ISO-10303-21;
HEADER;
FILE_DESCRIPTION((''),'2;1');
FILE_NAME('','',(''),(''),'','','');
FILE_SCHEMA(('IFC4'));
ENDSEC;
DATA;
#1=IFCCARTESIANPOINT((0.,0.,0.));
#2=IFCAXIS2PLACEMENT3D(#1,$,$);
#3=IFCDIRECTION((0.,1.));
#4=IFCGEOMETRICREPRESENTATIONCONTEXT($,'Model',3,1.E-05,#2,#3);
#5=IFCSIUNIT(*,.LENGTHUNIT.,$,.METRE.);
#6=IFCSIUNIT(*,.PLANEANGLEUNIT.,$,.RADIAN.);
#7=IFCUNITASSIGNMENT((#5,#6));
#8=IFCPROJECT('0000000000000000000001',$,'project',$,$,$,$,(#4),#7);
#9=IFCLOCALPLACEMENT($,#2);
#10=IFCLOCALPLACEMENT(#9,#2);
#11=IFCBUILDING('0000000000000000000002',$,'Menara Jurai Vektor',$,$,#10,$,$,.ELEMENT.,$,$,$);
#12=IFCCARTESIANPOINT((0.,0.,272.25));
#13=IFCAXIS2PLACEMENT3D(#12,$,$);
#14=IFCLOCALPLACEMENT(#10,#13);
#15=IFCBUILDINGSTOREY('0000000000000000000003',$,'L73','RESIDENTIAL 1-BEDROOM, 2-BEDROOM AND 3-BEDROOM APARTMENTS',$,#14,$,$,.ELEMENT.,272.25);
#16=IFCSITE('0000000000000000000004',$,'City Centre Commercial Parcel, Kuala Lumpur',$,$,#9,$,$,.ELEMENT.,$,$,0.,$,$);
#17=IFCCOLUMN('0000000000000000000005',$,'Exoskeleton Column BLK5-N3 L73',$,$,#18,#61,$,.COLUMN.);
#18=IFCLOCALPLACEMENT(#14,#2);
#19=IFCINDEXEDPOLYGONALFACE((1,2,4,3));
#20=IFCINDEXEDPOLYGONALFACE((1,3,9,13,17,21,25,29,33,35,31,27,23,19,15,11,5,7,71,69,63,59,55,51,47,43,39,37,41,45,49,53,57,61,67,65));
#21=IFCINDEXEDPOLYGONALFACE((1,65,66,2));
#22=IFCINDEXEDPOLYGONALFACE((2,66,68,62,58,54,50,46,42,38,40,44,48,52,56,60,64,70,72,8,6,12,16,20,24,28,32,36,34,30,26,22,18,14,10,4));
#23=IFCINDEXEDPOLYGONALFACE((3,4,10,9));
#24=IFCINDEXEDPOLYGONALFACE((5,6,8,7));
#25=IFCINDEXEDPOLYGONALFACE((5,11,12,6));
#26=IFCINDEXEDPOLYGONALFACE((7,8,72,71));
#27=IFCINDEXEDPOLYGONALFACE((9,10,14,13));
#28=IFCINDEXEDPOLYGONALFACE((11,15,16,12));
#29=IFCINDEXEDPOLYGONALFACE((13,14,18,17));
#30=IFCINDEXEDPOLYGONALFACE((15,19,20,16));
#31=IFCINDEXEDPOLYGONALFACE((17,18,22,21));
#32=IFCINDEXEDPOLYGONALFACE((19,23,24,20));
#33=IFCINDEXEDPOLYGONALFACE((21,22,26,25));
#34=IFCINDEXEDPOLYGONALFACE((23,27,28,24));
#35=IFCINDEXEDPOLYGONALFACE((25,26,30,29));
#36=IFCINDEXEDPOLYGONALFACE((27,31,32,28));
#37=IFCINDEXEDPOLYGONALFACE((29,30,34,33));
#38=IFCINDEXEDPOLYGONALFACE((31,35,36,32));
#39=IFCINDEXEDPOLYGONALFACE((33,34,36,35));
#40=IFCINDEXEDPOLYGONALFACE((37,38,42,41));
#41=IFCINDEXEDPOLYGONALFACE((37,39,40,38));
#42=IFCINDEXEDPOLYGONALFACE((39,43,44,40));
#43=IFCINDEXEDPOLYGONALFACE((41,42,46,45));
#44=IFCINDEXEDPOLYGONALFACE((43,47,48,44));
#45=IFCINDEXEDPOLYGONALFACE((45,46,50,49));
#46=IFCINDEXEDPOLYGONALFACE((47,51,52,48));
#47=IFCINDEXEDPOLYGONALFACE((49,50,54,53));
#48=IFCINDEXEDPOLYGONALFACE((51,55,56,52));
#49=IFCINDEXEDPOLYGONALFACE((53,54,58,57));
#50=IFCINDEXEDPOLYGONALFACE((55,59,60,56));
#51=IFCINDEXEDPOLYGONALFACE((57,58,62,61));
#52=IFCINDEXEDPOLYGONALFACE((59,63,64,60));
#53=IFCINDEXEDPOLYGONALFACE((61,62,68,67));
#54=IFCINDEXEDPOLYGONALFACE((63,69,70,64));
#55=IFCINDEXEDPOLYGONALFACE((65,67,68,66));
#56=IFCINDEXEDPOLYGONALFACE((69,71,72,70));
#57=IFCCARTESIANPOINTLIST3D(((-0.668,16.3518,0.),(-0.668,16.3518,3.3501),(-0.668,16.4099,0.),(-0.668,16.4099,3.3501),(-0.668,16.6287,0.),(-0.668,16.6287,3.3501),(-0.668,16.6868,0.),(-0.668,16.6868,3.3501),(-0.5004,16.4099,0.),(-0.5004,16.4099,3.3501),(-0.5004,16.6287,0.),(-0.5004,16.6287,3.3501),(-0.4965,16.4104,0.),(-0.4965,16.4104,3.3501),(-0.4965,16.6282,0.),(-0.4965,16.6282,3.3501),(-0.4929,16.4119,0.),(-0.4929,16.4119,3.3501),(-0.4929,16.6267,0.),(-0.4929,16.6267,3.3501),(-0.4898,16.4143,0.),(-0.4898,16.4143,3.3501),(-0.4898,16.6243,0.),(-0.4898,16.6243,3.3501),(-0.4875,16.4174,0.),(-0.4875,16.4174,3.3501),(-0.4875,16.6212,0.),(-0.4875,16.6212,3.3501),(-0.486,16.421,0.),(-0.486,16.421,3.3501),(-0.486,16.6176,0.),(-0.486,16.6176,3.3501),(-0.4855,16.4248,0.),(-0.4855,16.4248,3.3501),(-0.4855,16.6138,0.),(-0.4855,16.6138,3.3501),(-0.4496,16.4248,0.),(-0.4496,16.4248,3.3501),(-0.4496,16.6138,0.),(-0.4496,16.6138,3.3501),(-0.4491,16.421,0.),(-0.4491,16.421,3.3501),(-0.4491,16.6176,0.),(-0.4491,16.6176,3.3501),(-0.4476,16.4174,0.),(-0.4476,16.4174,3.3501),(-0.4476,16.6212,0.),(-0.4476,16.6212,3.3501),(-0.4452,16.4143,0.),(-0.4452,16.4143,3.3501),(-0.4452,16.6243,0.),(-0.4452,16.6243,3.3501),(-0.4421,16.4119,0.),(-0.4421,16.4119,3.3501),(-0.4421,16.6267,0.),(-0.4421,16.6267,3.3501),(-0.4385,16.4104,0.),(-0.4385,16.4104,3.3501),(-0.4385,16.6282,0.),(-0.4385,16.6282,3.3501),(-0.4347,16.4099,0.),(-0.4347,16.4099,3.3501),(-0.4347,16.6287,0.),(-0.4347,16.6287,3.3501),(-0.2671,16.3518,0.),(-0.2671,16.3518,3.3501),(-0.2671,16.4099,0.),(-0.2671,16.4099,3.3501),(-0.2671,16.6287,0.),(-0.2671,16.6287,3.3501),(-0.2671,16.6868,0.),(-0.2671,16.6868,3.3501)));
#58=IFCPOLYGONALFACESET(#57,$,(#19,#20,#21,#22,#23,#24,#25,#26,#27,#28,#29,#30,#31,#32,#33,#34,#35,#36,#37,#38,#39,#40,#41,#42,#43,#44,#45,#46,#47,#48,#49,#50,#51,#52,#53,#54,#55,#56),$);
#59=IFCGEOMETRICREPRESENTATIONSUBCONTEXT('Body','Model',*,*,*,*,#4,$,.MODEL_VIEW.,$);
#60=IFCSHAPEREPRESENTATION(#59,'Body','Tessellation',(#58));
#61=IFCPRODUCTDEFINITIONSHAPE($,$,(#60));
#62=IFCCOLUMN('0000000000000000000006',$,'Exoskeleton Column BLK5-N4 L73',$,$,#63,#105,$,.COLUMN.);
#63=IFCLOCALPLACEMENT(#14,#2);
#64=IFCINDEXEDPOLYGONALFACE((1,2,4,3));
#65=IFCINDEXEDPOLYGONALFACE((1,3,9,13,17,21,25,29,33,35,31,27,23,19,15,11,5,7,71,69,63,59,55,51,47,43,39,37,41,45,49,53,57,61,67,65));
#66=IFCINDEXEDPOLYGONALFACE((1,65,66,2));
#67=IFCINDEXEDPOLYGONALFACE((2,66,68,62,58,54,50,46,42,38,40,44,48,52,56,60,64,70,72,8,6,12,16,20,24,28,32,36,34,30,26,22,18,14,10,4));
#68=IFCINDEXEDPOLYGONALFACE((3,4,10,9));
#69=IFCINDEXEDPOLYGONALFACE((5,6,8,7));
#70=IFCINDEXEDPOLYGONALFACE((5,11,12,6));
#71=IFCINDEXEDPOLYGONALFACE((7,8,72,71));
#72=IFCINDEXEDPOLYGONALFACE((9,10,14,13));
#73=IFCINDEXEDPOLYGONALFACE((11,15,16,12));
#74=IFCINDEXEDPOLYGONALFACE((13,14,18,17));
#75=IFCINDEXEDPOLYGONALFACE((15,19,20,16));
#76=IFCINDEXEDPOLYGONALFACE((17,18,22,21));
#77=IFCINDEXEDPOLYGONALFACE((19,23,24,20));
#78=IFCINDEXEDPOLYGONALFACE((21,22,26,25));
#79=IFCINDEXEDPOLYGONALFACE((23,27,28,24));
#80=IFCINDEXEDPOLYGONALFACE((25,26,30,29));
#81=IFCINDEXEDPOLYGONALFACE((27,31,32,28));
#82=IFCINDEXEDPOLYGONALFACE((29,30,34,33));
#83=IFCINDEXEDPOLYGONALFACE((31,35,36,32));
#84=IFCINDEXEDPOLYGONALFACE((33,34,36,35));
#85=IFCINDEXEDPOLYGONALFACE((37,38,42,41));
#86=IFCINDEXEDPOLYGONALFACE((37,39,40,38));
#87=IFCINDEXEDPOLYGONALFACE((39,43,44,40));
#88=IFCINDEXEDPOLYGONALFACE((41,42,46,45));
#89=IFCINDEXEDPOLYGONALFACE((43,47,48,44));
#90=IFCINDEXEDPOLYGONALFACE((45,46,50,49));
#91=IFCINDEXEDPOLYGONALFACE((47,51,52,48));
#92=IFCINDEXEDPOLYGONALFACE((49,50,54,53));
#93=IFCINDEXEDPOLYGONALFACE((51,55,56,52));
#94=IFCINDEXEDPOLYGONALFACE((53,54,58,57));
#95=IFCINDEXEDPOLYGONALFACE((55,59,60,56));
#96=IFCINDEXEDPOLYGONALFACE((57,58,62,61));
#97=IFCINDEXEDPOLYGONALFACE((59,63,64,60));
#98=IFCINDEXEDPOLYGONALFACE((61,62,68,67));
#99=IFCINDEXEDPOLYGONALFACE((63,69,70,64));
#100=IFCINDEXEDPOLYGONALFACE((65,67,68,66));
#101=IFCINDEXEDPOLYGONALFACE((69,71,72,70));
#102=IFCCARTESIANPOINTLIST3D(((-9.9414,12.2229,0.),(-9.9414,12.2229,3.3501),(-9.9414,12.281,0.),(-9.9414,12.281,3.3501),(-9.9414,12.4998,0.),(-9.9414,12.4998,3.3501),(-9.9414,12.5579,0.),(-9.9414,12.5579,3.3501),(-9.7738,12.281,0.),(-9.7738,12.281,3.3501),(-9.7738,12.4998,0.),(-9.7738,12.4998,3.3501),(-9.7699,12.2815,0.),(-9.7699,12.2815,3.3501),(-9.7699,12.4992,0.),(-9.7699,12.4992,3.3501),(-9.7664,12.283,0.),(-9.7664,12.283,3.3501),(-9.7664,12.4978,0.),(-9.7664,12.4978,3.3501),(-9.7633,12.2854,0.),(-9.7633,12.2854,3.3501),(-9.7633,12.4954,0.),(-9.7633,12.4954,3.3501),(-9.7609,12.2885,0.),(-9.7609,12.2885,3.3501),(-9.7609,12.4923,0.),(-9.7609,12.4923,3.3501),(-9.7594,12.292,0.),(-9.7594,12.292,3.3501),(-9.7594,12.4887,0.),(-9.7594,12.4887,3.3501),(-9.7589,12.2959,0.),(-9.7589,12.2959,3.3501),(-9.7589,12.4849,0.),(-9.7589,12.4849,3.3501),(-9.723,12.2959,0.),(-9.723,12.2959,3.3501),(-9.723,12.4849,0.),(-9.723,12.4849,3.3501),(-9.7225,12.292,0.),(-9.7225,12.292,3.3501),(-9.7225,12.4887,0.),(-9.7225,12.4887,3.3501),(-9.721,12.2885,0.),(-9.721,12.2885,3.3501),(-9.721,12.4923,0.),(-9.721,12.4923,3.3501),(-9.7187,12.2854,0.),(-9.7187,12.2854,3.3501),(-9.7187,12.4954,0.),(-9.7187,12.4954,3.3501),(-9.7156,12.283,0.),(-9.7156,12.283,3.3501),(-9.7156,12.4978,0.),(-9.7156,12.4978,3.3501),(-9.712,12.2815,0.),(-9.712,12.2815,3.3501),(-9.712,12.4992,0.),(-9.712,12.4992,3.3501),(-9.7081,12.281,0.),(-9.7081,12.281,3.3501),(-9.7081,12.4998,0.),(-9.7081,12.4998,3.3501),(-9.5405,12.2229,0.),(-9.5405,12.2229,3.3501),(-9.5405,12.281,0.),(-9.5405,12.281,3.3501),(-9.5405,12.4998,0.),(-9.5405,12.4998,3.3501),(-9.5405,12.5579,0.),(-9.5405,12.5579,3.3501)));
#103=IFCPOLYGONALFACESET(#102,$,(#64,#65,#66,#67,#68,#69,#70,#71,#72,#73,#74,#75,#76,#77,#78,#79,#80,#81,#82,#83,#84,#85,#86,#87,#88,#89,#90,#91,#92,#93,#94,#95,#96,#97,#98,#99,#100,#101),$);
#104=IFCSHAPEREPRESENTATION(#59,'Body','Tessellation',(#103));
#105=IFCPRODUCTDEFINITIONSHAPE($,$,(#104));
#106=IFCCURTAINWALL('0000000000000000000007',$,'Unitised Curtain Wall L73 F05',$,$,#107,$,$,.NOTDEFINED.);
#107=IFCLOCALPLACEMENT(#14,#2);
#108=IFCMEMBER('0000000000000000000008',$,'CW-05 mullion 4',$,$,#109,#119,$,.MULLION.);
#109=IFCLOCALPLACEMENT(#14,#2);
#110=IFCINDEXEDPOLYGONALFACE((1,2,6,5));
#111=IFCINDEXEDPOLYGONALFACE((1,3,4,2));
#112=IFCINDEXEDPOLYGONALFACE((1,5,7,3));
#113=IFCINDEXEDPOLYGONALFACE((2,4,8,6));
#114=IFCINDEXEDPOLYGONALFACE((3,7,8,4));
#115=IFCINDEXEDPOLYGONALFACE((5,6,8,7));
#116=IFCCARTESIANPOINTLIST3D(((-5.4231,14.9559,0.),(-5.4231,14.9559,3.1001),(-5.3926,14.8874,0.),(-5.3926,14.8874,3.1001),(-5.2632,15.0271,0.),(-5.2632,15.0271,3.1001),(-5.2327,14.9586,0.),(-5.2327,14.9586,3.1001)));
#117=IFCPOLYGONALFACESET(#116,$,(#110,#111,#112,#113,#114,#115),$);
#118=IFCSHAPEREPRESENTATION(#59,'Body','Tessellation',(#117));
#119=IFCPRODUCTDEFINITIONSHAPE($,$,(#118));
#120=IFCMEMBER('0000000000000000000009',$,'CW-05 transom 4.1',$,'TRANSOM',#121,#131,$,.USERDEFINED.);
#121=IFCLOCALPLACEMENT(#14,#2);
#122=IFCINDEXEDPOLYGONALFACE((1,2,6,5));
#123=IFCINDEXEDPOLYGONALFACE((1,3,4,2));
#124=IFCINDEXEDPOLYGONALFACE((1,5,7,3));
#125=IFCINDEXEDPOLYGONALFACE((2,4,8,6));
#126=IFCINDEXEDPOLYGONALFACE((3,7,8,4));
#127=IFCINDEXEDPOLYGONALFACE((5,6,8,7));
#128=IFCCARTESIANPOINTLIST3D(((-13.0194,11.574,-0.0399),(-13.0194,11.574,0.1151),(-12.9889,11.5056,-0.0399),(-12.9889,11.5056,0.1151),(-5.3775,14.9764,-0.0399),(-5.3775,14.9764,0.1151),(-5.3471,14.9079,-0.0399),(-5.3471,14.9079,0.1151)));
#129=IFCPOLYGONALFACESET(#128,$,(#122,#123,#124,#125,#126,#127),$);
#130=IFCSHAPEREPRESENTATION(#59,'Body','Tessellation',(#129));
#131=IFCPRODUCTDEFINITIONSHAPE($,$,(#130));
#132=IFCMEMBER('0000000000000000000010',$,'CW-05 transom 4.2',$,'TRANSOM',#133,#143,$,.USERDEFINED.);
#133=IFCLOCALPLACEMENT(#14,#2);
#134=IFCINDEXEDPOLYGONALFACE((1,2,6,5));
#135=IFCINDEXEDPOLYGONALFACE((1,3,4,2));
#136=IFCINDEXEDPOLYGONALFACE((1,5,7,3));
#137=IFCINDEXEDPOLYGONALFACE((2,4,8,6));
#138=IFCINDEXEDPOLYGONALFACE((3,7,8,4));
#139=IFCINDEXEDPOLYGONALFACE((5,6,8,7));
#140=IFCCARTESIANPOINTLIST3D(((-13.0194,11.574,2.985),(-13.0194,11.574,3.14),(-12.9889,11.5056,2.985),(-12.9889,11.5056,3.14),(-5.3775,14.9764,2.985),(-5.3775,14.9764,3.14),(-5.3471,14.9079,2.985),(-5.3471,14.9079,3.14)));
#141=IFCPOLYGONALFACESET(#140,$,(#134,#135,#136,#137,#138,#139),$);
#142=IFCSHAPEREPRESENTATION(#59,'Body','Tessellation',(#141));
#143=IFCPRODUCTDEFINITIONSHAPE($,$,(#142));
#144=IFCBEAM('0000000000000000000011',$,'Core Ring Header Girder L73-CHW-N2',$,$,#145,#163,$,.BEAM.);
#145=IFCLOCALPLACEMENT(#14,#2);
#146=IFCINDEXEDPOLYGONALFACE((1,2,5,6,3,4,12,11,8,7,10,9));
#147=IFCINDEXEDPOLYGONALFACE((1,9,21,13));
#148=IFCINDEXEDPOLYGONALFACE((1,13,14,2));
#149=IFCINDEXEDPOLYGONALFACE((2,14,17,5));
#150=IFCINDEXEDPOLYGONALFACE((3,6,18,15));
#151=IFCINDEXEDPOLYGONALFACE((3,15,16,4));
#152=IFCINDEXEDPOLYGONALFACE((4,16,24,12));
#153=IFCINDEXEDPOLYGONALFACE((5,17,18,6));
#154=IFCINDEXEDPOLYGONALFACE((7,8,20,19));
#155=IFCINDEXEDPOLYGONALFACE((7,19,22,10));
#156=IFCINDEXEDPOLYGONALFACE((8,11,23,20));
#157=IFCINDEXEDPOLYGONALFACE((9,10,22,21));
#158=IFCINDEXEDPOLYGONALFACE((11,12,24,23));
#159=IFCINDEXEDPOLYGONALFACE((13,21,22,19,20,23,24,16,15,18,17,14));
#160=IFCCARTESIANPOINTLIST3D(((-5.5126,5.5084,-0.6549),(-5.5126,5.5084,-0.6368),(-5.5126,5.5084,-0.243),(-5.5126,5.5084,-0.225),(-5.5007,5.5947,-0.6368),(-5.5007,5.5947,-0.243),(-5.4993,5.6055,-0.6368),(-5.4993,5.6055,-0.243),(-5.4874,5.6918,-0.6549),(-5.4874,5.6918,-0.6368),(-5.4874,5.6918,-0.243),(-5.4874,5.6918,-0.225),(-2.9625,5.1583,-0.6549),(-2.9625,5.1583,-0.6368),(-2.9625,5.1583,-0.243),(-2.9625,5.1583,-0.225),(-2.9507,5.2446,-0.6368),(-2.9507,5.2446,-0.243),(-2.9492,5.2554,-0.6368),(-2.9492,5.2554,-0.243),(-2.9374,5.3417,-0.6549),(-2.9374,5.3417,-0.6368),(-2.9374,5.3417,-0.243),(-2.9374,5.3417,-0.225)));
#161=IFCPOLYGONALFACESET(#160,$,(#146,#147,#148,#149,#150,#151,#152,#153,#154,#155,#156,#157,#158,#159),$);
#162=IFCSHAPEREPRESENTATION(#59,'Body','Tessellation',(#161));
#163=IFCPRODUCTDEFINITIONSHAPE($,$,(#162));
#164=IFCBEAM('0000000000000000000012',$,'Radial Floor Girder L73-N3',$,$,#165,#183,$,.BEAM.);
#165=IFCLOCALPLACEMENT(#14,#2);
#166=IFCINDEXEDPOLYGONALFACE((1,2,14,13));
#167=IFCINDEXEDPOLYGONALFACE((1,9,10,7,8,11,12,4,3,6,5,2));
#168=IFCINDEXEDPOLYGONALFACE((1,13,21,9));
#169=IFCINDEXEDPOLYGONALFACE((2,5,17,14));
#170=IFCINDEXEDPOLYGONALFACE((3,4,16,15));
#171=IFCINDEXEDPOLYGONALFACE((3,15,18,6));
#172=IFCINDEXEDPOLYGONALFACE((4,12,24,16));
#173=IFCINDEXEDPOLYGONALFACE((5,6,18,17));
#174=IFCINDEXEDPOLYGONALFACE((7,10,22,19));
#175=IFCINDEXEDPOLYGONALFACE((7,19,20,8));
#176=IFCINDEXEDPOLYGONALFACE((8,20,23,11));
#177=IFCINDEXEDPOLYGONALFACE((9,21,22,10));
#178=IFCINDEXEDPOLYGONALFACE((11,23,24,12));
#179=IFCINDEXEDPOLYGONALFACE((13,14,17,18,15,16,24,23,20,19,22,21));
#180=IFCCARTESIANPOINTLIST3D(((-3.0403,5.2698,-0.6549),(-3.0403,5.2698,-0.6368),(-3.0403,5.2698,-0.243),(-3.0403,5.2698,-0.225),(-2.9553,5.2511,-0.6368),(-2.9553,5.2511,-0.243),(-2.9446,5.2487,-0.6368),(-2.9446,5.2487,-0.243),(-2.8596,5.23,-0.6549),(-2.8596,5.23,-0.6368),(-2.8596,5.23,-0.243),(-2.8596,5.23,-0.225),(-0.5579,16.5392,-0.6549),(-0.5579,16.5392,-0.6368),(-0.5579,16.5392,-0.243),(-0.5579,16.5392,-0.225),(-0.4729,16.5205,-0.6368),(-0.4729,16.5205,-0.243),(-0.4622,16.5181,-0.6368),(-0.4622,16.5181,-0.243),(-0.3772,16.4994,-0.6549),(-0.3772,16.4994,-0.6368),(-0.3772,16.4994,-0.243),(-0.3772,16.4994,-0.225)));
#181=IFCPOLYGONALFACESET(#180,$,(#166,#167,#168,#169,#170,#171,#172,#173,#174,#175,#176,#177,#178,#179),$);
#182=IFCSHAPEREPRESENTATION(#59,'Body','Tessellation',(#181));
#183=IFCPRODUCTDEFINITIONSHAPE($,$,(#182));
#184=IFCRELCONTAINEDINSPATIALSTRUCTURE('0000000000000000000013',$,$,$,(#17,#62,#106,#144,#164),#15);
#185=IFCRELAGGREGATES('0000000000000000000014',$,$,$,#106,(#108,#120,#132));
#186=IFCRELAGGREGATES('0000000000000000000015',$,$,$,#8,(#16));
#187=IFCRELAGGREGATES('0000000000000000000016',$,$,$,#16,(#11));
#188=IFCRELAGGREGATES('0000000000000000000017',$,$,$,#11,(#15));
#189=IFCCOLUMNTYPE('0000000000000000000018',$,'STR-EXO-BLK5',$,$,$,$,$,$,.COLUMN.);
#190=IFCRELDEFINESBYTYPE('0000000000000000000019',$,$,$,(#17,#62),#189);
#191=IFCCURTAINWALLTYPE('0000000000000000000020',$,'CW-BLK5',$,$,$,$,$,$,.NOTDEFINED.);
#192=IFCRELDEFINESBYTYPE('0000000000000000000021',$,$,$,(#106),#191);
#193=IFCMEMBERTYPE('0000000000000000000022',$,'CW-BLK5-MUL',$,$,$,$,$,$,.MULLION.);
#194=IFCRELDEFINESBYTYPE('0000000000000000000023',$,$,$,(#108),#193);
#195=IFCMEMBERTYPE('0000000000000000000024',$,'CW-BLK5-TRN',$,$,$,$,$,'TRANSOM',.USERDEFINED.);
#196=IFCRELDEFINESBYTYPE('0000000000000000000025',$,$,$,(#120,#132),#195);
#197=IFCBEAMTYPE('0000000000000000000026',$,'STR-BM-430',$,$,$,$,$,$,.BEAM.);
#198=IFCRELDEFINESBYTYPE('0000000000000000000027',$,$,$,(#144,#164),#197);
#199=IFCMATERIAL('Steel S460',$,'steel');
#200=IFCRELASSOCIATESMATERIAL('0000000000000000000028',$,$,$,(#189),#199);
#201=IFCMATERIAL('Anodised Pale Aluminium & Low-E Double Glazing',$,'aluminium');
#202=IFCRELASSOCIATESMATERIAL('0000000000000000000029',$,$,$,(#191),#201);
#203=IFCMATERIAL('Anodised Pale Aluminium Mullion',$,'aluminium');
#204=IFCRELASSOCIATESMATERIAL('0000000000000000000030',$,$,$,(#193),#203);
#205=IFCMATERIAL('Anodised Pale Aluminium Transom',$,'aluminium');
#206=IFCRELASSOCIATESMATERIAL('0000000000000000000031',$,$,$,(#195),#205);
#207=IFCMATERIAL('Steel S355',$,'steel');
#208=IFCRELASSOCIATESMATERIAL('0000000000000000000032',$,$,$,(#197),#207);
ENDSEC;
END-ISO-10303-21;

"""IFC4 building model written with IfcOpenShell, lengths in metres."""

from ifc_helpers import new_model, si_unit, direction, frame, origin, origin_2d, place, context, subcontext, project, spatial, rectangle, i_section, extrude, material, material_profile, profile_set, type_object, element, aggregate, save


model = new_model("IFC4")

# Units and contexts
model_context = context("Model", 3, precision=1e-05, world=origin(), true_north=direction((0.0, 1.0)))
body_context = subcontext(model_context, "Body", "Model", "MODEL_VIEW")
ifc_project = project(units=[si_unit("LENGTHUNIT", "METRE"), si_unit("PLANEANGLEUNIT", "RADIAN")], contexts=[model_context])

# Site, building, storey
site_placement = place(None, origin())
site = spatial("IfcSite", under=ifc_project, at=site_placement, Name="City Centre Commercial Parcel, Kuala Lumpur", CompositionType="ELEMENT", RefElevation=0.0)
building_placement = place(site_placement, origin())
building = spatial("IfcBuilding", under=site, at=building_placement, Name="Menara Jurai Vektor", CompositionType="ELEMENT")
storey_placement = place(building_placement, frame((0.0, 0.0, 272.25)))
storey = spatial("IfcBuildingStorey", under=building, at=storey_placement, Name="L73", Description="RESIDENTIAL 1-BEDROOM, 2-BEDROOM AND 3-BEDROOM APARTMENTS", CompositionType="ELEMENT", Elevation=272.25)

# Columns
ifc_material_1 = material(Name="Steel S460", Category="steel")
ifc_material_profile_1 = material_profile(ifc_material_1, i_section(OverallWidth=0.4009, OverallDepth=0.335, WebThickness=0.0359, FlangeThickness=0.0581, FilletRadius=0.0149, at=origin_2d()), Name="HD 400x463")
ifc_profile_set_1 = profile_set([ifc_material_profile_1], Name="Steel S460")
column_type = type_object("IfcColumnType", Name="STR-EXO-BLK5", PredefinedType="COLUMN", material=ifc_profile_set_1)
for number, where, z_axis, x_axis, name in (
    (1, (-0.4675, 16.5193, 0.0), (0.0, 0.0, 1.0), (1.0, 0.0, 0.0), "Exoskeleton Column BLK5-N3 L73"),
    (2, (-9.741, 12.3904, 0.0), (0.0, 0.0, 1.0), (1.0, 0.0, 0.0), "Exoskeleton Column BLK5-N4 L73"),
):
    element("IfcColumn", number, at=place(storey_placement, frame(where, z_axis=z_axis, x_axis=x_axis)), inside=storey, type_object=column_type, Name=name, PredefinedType="COLUMN", context=body_context, shape_type="SweptSolid", body=[
        extrude(i_section(OverallWidth=0.4009, OverallDepth=0.335, WebThickness=0.0359, FlangeThickness=0.0581, FilletRadius=0.0149, at=origin_2d()), origin(), (0.0, 0.0, 1.0), 3.3501),
    ])

# Curtain wall, members
ifc_material_2 = material(Name="Anodised Pale Aluminium & Low-E Double Glazing", Category="aluminium")
curtain_wall_type = type_object("IfcCurtainWallType", Name="CW-BLK5", PredefinedType="NOTDEFINED", material=ifc_material_2)
curtain_wall_placement = place(storey_placement, origin())
curtain_wall = element("IfcCurtainWall", 3, at=curtain_wall_placement, inside=storey, type_object=curtain_wall_type, Name="Unitised Curtain Wall L73 F05", PredefinedType="NOTDEFINED")
ifc_material_3 = material(Name="Anodised Pale Aluminium Mullion", Category="aluminium")
ifc_material_profile_2 = material_profile(ifc_material_3, rectangle(XDim=0.075, YDim=0.175, at=origin_2d()), Name="ALU MUL 75x175")
ifc_profile_set_2 = profile_set([ifc_material_profile_2], Name="Anodised Pale Aluminium Mullion")
member_type_1 = type_object("IfcMemberType", Name="CW-BLK5-MUL", PredefinedType="MULLION", material=ifc_profile_set_2)
member_1_placement = place(storey_placement, frame((-5.3279, 14.9573, 0.0), z_axis=(0.0, 0.0, 1.0), x_axis=(0.406735, -0.913546, 0.0)))
member_1 = element("IfcMember", 4, at=member_1_placement, type_object=member_type_1, Name="CW-05 mullion 4", PredefinedType="MULLION", context=body_context, shape_type="SweptSolid", body=[
    extrude(rectangle(XDim=0.075, YDim=0.175, at=origin_2d()), origin(), (0.0, 0.0, 1.0), 3.1001),
])
ifc_material_4 = material(Name="Anodised Pale Aluminium Transom", Category="aluminium")
ifc_material_profile_3 = material_profile(ifc_material_4, rectangle(XDim=0.075, YDim=0.155, at=origin_2d()), Name="ALU TRN 75x155")
ifc_profile_set_3 = profile_set([ifc_material_profile_3], Name="Anodised Pale Aluminium Transom")
member_type_2 = type_object("IfcMemberType", Name="CW-BLK5-TRN", ElementType="TRANSOM", PredefinedType="USERDEFINED", material=ifc_profile_set_3)
member_2_placement = place(storey_placement, frame((-5.3623, 14.9421, 0.0376), z_axis=(-0.913547, -0.406734, 0.0), x_axis=(0.406734, -0.913547, 0.0)))
member_2 = element("IfcMember", 5, at=member_2_placement, type_object=member_type_2, Name="CW-05 transom 4.1", ObjectType="TRANSOM", PredefinedType="USERDEFINED", context=body_context, shape_type="SweptSolid", body=[
    extrude(rectangle(XDim=0.075, YDim=0.155, at=origin_2d()), origin(), (0.0, 0.0, 1.0), 8.365),
])
member_3_placement = place(storey_placement, frame((-5.3623, 14.9421, 3.0625), z_axis=(-0.913547, -0.406734, 0.0), x_axis=(0.406734, -0.913547, 0.0)))
member_3 = element("IfcMember", 6, at=member_3_placement, type_object=member_type_2, Name="CW-05 transom 4.2", ObjectType="TRANSOM", PredefinedType="USERDEFINED", context=body_context, shape_type="SweptSolid", body=[
    extrude(rectangle(XDim=0.075, YDim=0.155, at=origin_2d()), origin(), (0.0, 0.0, 1.0), 8.365),
])

# Beams
ifc_material_5 = material(Name="Steel S355", Category="steel")
ifc_material_profile_4 = material_profile(ifc_material_5, i_section(OverallWidth=0.1851, OverallDepth=0.4299, WebThickness=0.011, FlangeThickness=0.0181, at=origin_2d()), Name="PG 430x185x76")
ifc_profile_set_4 = profile_set([ifc_material_profile_4], Name="Steel S355")
beam_type_1 = type_object("IfcBeamType", Name="STR-BM-430", PredefinedType="BEAM", material=ifc_profile_set_4)
beam_1_placement = place(storey_placement, frame((-5.5, 5.6001, -0.4399), z_axis=(0.990707, -0.136015, 0.0), x_axis=(0.136015, 0.990707, 0.0)))
element("IfcBeam", 7, at=beam_1_placement, inside=storey, type_object=beam_type_1, Name="Core Ring Header Girder L73-CHW-N2", PredefinedType="BEAM", context=body_context, shape_type="SweptSolid", body=[
    extrude(i_section(OverallWidth=0.1851, OverallDepth=0.4299, WebThickness=0.011, FlangeThickness=0.0181, at=origin_2d()), origin(), (0.0, 0.0, 1.0), 2.574),
])
beam_2_placement = place(storey_placement, frame((-0.4675, 16.5193, -0.4399), z_axis=(-0.215125, -0.976587, 0.0), x_axis=(0.976587, -0.215125, 0.0)))
element("IfcBeam", 8, at=beam_2_placement, inside=storey, type_object=beam_type_1, Name="Radial Floor Girder L73-N3", PredefinedType="BEAM", context=body_context, shape_type="SweptSolid", body=[
    extrude(i_section(OverallWidth=0.1851, OverallDepth=0.4299, WebThickness=0.011, FlangeThickness=0.0181, at=origin_2d()), origin(), (0.0, 0.0, 1.0), 11.5396),
])

aggregate(curtain_wall, [member_1, member_2, member_3])

save(model, "model.ifc")
